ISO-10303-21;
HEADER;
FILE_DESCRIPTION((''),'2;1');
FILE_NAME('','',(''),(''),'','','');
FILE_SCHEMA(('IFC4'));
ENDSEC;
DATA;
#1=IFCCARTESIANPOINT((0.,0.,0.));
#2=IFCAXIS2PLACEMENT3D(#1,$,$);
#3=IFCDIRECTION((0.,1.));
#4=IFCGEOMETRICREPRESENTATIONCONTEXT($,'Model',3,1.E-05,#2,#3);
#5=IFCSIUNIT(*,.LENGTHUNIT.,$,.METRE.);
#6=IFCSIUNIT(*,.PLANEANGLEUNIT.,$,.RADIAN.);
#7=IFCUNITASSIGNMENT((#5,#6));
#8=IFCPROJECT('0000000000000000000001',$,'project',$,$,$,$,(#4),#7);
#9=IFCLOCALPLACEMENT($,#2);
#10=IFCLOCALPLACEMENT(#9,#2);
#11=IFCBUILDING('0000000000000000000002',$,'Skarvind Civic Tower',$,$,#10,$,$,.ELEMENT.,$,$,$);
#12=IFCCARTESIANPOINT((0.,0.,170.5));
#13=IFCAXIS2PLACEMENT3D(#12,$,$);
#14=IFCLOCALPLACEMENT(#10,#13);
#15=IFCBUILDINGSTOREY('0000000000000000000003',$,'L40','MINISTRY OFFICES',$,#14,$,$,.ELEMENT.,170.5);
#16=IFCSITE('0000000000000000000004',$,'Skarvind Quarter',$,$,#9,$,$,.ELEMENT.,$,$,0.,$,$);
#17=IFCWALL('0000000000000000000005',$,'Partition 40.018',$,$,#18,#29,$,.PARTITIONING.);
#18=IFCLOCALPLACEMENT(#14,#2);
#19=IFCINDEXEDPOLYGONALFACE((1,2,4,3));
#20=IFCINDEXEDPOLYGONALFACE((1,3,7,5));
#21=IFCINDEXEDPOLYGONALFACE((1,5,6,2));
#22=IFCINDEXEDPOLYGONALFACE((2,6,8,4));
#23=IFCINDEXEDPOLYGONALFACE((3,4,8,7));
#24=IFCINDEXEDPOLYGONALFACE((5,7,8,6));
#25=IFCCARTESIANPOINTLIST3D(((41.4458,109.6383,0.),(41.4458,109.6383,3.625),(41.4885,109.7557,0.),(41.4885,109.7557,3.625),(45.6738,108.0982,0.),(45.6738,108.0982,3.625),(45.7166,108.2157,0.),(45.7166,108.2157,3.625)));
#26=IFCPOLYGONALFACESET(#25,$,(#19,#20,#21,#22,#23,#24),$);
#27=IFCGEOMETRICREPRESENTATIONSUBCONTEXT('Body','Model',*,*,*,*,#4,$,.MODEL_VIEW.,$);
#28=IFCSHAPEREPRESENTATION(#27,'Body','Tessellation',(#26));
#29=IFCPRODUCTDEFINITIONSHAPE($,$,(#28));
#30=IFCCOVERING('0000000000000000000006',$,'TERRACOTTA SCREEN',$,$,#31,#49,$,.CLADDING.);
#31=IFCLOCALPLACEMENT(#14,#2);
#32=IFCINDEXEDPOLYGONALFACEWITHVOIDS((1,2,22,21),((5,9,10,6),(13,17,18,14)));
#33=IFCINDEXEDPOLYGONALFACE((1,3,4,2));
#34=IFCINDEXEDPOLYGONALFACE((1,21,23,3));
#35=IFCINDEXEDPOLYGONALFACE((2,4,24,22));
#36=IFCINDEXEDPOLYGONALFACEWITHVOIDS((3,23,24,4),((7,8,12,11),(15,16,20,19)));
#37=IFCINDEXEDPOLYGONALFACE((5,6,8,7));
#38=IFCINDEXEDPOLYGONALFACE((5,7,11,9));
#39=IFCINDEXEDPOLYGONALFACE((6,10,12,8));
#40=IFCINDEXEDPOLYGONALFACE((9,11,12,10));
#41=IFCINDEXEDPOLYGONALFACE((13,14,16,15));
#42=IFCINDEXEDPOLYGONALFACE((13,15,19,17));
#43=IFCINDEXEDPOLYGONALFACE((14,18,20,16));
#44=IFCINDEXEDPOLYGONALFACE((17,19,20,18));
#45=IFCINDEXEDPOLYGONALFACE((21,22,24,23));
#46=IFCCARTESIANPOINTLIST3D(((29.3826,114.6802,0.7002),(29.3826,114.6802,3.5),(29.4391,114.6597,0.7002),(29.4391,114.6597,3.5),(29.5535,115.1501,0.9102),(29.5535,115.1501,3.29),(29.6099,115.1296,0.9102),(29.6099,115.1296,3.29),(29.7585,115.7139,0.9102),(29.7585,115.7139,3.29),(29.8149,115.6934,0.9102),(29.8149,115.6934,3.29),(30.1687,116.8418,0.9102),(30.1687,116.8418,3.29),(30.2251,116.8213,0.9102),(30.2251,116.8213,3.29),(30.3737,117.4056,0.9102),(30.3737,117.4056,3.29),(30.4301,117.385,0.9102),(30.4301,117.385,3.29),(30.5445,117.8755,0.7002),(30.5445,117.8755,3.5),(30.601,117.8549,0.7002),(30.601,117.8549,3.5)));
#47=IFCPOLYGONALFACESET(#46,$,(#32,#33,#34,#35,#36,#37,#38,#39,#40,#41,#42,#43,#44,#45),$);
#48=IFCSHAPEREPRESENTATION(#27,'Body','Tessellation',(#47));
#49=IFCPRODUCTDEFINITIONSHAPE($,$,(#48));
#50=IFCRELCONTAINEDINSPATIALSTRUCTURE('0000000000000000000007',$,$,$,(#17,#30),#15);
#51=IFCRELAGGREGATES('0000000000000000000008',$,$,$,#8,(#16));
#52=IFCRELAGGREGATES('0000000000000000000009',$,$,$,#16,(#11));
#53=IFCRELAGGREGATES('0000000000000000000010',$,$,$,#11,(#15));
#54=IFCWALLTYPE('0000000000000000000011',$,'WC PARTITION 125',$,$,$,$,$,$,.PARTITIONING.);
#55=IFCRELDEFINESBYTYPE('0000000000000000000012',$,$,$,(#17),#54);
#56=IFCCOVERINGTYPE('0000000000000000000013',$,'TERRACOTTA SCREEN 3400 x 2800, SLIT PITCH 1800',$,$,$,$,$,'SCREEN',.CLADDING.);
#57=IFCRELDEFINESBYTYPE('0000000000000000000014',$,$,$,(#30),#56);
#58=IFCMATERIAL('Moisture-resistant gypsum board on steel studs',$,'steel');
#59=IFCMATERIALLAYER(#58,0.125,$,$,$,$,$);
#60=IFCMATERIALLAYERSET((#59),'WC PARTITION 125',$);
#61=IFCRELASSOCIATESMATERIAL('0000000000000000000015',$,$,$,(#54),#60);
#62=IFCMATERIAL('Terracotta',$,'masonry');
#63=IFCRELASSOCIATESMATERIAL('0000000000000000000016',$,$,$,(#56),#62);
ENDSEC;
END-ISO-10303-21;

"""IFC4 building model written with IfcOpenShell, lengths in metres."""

from ifc_helpers import new_model, si_unit, direction, frame, frame_2d, origin, place, context, subcontext, project, spatial, polyline, rectangle, outline, extrude, material, layer, layer_set, material_profile, profile_set, type_object, element, save


model = new_model("IFC4")

# Units and contexts
model_context = context("Model", 3, precision=1e-05, world=origin(), true_north=direction((0.0, 1.0)))
body_context = subcontext(model_context, "Body", "Model", "MODEL_VIEW")
ifc_project = project(units=[si_unit("LENGTHUNIT", "METRE"), si_unit("PLANEANGLEUNIT", "RADIAN")], contexts=[model_context])

# Site, building, storey
site_placement = place(None, origin())
site = spatial("IfcSite", under=ifc_project, at=site_placement, Name="Skarvind Quarter", CompositionType="ELEMENT", RefElevation=0.0)
building_placement = place(site_placement, origin())
building = spatial("IfcBuilding", under=site, at=building_placement, Name="Skarvind Civic Tower", CompositionType="ELEMENT")
storey_placement = place(building_placement, frame((0.0, 0.0, 170.5)))
storey = spatial("IfcBuildingStorey", under=building, at=storey_placement, Name="L40", Description="MINISTRY OFFICES", CompositionType="ELEMENT", Elevation=170.5)

# Wall
ifc_material_1 = material(Name="Moisture-resistant gypsum board on steel studs", Category="steel")
ifc_layer_1 = layer(ifc_material_1, 0.125)
ifc_layer_set_1 = layer_set([ifc_layer_1], Name="WC PARTITION 125")
wall_type_1 = type_object("IfcWallType", Name="WC PARTITION 125", PredefinedType="PARTITIONING", material=ifc_layer_set_1)
wall_1_placement = place(storey_placement, frame((41.467, 109.697, 0.0), z_axis=(0.0, 0.0, 1.0), x_axis=(0.93961, -0.342248, 0.0)))
element("IfcWall", 1, at=wall_1_placement, inside=storey, type_object=wall_type_1, Name="Partition 40.018", PredefinedType="PARTITIONING", context=body_context, shape_type="SweptSolid", body=[
    extrude(rectangle(XDim=4.4998, YDim=0.125, at=frame_2d((2.25, 0.0))), origin(), (0.0, 0.0, 1.0), 3.625),
])

# Covering
ifc_material_2 = material(Name="Terracotta", Category="masonry")
ifc_material_profile_1 = material_profile(ifc_material_2, outline(polyline([(-1.7, -1.3999), (1.7, -1.3999), (1.7, 1.3999), (-1.7, 1.3999), (-1.7, -1.3999)]), holes=[polyline([(-1.2, -1.1899), (-0.6001, -1.1899), (-0.6001, 1.1899), (-1.2, 1.1899), (-1.2, -1.1899)]), polyline([(0.6001, -1.1899), (1.2, -1.1899), (1.2, 1.1899), (0.6001, 1.1899), (0.6001, -1.1899)])]), Name="TERRACOTTA SCREEN 3400 x 2800, SLIT PITCH 1800")
ifc_profile_set_1 = profile_set([ifc_material_profile_1], Name="Terracotta")
covering_type = type_object("IfcCoveringType", Name="TERRACOTTA SCREEN 3400 x 2800, SLIT PITCH 1800", ElementType="SCREEN", PredefinedType="CLADDING", material=ifc_profile_set_1)
covering_placement = place(storey_placement, frame((30.02, 116.2573, 2.1001), z_axis=(-0.939793, 0.341743, 0.0), x_axis=(-0.341743, -0.939793, 0.0)))
element("IfcCovering", 2, at=covering_placement, inside=storey, type_object=covering_type, Name="TERRACOTTA SCREEN", PredefinedType="CLADDING", context=body_context, shape_type="SweptSolid", body=[
    extrude(outline(polyline([(-1.7, -1.3999), (1.7, -1.3999), (1.7, 1.3999), (-1.7, 1.3999), (-1.7, -1.3999)]), holes=[polyline([(-1.2, -1.1899), (-0.6001, -1.1899), (-0.6001, 1.1899), (-1.2, 1.1899), (-1.2, -1.1899)]), polyline([(0.6001, -1.1899), (1.2, -1.1899), (1.2, 1.1899), (0.6001, 1.1899), (0.6001, -1.1899)])]), origin(), (0.0, 0.0, 1.0), 0.0601),
])

save(model, "model.ifc")
